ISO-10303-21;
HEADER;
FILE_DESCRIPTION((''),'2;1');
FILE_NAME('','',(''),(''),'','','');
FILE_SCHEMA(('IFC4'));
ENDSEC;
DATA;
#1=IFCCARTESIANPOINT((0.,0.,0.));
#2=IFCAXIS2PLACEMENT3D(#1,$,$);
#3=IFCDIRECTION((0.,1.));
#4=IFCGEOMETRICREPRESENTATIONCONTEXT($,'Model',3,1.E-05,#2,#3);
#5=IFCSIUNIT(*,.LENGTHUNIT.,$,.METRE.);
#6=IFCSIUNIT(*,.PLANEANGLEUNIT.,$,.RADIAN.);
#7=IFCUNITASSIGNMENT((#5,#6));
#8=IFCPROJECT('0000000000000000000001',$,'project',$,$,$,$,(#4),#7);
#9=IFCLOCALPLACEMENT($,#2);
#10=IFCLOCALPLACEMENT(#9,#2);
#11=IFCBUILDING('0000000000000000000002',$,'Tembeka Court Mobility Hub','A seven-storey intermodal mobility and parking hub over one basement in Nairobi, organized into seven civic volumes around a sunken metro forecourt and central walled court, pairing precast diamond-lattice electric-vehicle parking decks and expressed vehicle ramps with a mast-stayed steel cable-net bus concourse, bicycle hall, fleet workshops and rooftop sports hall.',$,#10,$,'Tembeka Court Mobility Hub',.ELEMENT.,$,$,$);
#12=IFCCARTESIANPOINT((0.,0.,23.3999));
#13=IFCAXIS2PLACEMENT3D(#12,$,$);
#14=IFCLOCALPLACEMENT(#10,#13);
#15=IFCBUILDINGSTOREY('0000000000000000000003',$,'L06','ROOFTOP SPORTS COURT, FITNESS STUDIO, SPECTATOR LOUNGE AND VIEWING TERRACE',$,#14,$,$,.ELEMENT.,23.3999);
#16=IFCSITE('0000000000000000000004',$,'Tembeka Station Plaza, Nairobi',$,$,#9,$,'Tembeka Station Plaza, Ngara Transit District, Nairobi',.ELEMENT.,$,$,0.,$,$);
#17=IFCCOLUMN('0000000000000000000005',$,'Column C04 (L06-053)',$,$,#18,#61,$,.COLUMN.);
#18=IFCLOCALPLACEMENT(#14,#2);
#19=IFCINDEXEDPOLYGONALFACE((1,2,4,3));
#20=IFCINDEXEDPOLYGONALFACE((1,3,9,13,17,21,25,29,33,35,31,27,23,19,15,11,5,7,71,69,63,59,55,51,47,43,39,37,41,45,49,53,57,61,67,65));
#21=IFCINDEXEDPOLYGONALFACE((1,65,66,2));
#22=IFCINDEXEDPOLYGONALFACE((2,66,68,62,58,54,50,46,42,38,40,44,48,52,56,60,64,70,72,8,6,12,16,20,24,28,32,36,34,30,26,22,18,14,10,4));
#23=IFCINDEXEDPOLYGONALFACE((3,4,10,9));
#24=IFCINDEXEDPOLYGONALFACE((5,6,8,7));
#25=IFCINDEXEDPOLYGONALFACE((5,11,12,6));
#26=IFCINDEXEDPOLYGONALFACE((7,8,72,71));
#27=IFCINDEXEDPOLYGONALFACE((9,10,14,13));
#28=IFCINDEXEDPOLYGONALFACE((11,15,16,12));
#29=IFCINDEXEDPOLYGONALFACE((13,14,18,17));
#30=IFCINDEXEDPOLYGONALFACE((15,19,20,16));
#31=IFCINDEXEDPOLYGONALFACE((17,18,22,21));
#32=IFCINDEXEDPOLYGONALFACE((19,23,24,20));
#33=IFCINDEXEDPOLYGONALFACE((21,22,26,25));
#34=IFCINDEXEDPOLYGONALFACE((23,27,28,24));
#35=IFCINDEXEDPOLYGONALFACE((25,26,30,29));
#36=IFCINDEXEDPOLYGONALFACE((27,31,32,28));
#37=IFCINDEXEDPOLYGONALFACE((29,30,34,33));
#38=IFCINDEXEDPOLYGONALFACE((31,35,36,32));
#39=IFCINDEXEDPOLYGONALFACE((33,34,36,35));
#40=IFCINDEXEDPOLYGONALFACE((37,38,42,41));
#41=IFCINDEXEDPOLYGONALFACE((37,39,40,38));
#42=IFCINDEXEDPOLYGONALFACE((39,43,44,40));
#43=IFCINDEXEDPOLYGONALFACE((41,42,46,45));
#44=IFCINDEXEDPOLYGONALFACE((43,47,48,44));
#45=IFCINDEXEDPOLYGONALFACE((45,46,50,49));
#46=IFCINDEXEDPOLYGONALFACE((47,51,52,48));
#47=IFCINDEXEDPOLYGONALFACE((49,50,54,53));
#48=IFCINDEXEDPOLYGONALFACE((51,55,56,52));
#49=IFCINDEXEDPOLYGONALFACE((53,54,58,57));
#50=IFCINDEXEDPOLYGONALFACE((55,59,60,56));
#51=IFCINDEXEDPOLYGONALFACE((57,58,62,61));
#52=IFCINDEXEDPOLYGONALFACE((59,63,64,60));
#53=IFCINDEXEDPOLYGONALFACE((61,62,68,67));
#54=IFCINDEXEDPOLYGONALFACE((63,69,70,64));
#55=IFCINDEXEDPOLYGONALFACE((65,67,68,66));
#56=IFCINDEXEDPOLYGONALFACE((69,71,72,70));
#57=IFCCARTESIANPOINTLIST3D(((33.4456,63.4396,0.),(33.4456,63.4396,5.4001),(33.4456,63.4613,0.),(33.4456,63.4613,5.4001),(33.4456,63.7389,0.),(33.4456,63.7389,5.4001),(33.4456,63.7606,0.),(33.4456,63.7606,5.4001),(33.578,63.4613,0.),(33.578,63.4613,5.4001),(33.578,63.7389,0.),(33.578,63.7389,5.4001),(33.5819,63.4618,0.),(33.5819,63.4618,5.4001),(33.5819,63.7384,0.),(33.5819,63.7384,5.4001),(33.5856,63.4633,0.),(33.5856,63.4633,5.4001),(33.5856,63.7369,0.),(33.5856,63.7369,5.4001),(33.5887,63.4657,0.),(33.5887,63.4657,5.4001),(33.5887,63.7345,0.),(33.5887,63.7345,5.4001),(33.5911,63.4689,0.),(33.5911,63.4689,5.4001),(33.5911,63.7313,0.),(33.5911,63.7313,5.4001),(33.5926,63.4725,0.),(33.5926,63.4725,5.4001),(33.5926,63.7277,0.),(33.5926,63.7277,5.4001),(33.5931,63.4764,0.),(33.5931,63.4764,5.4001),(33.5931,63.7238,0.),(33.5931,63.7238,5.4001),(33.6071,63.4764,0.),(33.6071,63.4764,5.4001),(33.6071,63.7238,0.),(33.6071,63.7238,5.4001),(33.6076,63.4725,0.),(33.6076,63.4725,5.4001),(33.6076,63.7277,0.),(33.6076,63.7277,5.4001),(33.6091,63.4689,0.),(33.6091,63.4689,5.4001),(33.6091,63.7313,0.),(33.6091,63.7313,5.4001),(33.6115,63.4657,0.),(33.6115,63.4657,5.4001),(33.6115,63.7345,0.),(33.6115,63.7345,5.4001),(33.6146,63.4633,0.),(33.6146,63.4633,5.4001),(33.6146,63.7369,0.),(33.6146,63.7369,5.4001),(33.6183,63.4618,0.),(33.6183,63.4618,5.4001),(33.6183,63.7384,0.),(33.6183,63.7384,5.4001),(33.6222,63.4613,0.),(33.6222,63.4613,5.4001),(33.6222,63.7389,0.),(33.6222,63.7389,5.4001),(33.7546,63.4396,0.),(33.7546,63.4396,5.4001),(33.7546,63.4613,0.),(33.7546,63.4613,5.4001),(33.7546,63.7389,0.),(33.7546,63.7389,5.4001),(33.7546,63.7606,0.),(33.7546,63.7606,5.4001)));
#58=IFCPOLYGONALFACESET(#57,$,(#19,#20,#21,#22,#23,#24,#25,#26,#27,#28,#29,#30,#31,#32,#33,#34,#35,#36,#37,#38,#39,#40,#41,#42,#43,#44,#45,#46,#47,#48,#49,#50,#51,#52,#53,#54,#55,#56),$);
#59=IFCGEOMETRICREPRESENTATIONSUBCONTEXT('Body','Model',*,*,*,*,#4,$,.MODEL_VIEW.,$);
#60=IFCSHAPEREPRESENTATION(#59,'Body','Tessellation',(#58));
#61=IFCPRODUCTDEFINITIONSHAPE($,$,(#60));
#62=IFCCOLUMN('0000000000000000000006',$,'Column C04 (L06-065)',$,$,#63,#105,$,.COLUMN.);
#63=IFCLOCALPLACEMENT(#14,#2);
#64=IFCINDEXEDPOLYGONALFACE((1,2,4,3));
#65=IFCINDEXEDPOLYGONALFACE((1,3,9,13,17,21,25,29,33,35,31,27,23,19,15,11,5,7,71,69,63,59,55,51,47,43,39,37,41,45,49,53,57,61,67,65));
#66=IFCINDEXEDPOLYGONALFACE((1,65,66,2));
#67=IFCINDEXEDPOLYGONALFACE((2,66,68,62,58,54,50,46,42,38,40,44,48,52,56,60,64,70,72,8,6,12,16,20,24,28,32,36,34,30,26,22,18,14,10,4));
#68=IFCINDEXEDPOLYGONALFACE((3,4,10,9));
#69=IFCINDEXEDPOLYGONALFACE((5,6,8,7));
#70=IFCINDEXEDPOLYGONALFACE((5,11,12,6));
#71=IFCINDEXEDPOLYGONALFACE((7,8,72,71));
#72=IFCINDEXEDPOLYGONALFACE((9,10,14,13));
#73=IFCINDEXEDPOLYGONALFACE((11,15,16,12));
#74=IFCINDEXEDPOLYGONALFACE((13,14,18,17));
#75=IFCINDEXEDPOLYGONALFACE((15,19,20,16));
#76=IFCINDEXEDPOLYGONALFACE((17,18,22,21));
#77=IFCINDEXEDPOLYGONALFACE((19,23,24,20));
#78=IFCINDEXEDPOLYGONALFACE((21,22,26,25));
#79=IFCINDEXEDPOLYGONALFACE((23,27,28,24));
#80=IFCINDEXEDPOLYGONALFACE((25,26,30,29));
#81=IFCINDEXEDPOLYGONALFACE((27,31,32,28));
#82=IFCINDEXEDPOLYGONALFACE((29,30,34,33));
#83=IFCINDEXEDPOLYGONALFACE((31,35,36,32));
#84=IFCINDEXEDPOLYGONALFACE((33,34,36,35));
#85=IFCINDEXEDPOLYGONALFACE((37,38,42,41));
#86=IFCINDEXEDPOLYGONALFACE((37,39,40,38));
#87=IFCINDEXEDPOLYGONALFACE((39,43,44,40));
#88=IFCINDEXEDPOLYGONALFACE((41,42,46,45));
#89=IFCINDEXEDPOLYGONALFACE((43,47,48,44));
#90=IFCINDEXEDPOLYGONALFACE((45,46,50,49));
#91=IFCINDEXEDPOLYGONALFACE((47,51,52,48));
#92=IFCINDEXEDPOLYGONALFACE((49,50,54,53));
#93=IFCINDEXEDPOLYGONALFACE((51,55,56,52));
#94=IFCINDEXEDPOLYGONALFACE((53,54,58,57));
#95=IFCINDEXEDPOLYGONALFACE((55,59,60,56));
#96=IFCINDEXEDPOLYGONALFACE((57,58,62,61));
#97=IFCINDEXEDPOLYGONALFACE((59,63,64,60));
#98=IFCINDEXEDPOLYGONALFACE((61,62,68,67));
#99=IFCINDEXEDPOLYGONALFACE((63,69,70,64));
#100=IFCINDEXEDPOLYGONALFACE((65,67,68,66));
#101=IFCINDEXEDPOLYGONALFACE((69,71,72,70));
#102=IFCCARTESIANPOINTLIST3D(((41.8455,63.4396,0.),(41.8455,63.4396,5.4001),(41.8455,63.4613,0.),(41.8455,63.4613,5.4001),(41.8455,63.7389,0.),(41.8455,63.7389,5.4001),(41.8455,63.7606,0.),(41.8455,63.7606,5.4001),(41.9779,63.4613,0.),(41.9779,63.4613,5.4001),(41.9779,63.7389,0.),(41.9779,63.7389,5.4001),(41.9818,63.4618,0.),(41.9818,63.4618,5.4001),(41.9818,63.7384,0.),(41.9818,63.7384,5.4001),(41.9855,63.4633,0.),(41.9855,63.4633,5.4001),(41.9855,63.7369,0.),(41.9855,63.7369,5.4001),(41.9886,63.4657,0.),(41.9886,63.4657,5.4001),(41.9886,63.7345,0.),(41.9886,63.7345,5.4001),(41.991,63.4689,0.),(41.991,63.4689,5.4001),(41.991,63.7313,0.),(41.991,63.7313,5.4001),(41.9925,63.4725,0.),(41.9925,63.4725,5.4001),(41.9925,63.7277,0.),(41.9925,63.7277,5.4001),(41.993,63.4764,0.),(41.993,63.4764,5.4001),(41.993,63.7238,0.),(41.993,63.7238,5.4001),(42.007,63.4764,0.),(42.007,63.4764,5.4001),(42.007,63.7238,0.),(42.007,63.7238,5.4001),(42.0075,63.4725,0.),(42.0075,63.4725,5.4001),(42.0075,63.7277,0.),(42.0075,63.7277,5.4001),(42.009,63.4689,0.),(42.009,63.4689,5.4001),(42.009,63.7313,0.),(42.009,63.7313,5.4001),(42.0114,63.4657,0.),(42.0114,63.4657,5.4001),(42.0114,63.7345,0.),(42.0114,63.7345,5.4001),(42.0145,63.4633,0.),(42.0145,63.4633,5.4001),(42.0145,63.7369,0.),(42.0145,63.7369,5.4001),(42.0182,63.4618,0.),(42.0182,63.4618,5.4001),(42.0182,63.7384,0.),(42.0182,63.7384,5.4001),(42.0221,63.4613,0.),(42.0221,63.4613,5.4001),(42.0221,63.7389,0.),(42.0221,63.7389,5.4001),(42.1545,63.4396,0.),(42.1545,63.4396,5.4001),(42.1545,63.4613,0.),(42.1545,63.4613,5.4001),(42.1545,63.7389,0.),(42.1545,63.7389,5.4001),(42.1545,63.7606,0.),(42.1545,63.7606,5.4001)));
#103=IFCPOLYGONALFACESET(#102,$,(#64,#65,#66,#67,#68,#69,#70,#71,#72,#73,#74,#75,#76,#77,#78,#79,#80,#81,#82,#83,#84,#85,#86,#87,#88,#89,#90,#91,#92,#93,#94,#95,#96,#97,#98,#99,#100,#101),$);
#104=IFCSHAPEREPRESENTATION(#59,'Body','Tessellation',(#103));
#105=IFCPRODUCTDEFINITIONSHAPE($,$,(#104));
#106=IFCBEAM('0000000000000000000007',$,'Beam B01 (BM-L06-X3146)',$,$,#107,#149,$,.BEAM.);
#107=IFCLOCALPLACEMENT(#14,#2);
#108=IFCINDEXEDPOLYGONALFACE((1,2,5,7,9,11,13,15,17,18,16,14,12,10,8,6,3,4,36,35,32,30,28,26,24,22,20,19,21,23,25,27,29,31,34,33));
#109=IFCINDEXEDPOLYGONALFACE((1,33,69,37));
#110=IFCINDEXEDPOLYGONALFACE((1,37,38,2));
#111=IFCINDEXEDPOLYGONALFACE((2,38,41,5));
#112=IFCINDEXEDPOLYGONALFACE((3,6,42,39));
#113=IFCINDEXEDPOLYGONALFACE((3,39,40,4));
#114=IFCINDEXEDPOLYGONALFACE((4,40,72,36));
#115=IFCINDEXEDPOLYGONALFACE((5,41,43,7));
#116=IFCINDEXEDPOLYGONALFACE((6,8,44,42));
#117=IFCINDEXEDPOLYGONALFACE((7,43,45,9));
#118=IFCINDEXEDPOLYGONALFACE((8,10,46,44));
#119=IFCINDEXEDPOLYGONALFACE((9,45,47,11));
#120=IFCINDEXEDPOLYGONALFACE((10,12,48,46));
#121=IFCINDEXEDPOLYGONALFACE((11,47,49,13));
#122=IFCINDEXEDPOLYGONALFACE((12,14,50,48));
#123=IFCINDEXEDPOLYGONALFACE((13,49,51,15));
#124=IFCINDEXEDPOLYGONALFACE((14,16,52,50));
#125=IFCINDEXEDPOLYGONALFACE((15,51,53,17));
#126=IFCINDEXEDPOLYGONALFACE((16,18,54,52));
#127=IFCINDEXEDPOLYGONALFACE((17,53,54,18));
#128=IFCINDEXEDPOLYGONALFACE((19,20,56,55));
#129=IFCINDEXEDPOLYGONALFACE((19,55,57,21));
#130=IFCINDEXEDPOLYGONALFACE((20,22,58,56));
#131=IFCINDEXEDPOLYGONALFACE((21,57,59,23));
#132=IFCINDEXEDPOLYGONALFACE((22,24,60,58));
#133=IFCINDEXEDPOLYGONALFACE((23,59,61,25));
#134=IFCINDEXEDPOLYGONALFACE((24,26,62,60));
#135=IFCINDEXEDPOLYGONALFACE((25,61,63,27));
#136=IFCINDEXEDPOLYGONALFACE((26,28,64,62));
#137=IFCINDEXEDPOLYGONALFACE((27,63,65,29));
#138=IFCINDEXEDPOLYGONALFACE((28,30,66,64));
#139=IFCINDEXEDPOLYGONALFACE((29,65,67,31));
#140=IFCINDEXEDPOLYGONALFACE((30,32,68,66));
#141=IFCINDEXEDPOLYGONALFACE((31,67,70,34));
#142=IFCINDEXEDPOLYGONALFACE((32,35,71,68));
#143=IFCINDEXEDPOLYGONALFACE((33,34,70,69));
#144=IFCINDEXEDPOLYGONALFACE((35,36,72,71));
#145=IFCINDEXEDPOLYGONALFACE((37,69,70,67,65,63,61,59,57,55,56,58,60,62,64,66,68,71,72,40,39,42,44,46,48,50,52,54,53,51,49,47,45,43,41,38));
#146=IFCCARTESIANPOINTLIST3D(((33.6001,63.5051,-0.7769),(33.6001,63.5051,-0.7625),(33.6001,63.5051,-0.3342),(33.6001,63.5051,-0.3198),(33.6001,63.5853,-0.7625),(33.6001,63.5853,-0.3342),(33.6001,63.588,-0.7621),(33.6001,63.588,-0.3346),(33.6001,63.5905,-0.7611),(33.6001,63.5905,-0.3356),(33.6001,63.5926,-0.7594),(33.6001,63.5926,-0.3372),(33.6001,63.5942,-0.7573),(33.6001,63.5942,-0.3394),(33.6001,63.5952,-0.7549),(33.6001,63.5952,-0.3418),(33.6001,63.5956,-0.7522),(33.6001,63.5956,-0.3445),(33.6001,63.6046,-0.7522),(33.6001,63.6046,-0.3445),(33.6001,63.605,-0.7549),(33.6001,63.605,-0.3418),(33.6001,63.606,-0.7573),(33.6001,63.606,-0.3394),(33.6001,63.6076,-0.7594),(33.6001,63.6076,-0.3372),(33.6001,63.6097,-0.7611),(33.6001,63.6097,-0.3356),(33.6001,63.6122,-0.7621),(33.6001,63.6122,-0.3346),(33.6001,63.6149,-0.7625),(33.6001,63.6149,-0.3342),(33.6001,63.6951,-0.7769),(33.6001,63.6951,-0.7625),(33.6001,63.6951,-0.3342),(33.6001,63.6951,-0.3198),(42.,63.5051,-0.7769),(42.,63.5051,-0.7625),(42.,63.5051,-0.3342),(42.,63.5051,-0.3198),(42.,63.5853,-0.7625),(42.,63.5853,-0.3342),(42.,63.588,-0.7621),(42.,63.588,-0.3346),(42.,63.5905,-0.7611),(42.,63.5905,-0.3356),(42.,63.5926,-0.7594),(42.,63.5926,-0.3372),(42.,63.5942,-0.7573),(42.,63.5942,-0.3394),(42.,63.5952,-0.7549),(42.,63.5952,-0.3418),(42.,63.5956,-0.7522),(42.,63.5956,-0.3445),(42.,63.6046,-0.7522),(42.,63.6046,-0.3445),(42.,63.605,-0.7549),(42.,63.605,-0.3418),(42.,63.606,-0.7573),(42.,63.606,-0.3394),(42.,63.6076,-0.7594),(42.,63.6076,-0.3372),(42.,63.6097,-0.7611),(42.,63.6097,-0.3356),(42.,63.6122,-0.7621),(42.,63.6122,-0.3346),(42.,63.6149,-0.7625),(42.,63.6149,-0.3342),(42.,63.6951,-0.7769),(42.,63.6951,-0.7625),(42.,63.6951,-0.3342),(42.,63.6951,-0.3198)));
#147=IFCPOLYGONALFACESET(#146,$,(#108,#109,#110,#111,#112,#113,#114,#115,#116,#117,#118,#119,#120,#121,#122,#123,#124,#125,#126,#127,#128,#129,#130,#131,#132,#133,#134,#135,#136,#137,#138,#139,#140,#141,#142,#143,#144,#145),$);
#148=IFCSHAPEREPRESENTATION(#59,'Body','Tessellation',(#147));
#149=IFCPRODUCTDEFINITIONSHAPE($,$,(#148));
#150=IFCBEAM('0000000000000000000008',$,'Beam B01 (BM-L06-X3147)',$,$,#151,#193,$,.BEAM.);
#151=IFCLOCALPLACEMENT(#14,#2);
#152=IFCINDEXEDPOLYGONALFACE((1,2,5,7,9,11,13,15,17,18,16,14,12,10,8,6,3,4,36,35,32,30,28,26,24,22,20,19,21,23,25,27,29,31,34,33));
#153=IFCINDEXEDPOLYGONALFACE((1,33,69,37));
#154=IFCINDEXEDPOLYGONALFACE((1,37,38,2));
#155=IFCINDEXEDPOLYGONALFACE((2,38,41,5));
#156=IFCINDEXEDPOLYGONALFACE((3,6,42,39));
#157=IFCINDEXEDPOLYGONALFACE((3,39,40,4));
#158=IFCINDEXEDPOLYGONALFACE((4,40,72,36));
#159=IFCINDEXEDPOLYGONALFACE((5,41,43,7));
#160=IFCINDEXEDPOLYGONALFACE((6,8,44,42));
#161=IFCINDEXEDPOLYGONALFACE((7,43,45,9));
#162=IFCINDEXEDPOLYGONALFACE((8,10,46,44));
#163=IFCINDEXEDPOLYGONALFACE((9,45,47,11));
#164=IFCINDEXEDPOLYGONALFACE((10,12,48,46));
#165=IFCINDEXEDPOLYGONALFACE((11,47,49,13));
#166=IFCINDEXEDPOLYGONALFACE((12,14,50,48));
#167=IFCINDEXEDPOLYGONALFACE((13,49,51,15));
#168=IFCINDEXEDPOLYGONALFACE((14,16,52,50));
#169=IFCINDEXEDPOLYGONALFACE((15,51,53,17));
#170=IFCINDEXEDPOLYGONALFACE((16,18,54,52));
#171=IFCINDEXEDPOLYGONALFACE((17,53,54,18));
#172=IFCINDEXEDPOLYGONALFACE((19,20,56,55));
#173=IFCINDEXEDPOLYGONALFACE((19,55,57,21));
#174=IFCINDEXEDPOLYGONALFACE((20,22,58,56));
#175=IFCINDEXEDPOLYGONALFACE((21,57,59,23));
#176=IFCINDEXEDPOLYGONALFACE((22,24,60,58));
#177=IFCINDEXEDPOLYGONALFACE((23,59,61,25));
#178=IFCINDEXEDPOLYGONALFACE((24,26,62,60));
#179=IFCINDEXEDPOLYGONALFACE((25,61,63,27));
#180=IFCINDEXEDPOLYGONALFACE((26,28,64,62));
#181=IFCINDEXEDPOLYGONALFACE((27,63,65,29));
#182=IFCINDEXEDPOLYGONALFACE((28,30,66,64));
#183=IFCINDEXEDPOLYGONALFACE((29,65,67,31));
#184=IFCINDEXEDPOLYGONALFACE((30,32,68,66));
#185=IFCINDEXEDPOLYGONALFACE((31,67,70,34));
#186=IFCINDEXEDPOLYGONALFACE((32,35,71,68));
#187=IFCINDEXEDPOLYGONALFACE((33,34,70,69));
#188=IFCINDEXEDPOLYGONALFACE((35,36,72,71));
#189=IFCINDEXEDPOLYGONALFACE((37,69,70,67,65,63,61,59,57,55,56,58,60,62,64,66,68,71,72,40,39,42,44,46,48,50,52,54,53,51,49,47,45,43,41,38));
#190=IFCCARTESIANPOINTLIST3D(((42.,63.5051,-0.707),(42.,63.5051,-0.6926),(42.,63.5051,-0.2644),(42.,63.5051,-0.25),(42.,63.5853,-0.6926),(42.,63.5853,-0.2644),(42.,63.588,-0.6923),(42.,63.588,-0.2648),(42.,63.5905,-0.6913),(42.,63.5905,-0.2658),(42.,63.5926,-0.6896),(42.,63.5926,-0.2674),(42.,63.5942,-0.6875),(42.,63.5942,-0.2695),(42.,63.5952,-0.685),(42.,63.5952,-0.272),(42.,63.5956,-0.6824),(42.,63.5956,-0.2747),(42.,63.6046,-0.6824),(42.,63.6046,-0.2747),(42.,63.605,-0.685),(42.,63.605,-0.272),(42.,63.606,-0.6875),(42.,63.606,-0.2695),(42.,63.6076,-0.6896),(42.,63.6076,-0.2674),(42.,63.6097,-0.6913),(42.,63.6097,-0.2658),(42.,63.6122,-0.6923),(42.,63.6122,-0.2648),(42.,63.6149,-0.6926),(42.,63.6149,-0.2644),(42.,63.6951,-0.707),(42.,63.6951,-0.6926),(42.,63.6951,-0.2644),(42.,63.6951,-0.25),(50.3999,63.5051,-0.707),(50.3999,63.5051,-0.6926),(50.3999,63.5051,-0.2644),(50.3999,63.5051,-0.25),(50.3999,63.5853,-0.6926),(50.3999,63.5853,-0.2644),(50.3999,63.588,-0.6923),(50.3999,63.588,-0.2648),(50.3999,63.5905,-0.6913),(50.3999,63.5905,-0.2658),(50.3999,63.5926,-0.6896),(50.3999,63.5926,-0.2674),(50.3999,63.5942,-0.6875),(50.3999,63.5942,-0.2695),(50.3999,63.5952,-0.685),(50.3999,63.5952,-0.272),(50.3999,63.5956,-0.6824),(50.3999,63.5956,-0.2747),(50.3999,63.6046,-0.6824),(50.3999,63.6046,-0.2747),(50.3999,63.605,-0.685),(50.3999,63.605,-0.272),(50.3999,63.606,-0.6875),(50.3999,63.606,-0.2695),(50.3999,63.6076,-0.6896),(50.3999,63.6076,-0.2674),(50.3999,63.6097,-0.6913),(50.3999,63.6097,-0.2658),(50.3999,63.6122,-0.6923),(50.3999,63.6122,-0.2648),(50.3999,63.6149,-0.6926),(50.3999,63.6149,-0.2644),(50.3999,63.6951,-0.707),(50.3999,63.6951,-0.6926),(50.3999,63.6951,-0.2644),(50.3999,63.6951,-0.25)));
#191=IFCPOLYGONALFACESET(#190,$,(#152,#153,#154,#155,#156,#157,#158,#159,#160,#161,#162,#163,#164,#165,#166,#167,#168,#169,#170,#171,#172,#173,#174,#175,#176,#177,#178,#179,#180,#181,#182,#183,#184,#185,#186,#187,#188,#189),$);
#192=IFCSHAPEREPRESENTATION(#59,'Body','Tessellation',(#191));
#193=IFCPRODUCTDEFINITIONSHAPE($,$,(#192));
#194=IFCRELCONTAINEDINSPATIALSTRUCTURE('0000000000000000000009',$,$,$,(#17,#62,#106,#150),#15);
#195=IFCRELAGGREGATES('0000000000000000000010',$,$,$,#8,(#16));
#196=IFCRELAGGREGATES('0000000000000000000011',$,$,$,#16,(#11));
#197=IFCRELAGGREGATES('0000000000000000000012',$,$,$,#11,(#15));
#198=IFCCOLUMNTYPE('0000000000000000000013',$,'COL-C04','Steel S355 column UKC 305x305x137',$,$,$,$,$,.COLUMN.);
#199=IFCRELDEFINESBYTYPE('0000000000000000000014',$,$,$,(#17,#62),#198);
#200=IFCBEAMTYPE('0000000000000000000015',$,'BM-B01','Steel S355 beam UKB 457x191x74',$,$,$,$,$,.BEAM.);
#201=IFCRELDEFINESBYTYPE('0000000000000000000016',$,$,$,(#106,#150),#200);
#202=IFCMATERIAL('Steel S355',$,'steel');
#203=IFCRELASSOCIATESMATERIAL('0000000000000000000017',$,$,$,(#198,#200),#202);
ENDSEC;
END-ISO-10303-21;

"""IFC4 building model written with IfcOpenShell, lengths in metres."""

from ifc_helpers import new_model, si_unit, direction, frame, origin, origin_2d, place, context, subcontext, project, spatial, i_section, extrude, material, material_profile, profile_set, type_object, element, save


model = new_model("IFC4")

# Units and contexts
model_context = context("Model", 3, precision=1e-05, world=origin(), true_north=direction((0.0, 1.0)))
body_context = subcontext(model_context, "Body", "Model", "MODEL_VIEW")
ifc_project = project(units=[si_unit("LENGTHUNIT", "METRE"), si_unit("PLANEANGLEUNIT", "RADIAN")], contexts=[model_context])

# Site, building, storey
site_placement = place(None, origin())
site = spatial("IfcSite", under=ifc_project, at=site_placement, Name="Tembeka Station Plaza, Nairobi", LongName="Tembeka Station Plaza, Ngara Transit District, Nairobi", CompositionType="ELEMENT", RefElevation=0.0)
building_placement = place(site_placement, origin())
building = spatial("IfcBuilding", under=site, at=building_placement, Name="Tembeka Court Mobility Hub", Description="A seven-storey intermodal mobility and parking hub over one basement in Nairobi, organized into seven civic volumes around a sunken metro forecourt and central walled court, pairing precast diamond-lattice electric-vehicle parking decks and expressed vehicle ramps with a mast-stayed steel cable-net bus concourse, bicycle hall, fleet workshops and rooftop sports hall.", LongName="Tembeka Court Mobility Hub", CompositionType="ELEMENT")
storey_placement = place(building_placement, frame((0.0, 0.0, 23.3999)))
storey = spatial("IfcBuildingStorey", under=building, at=storey_placement, Name="L06", Description="ROOFTOP SPORTS COURT, FITNESS STUDIO, SPECTATOR LOUNGE AND VIEWING TERRACE", CompositionType="ELEMENT", Elevation=23.3999)

# Columns
ifc_material_1 = material(Name="Steel S355", Category="steel")
ifc_material_profile_1 = material_profile(ifc_material_1, i_section(OverallWidth=0.3091, OverallDepth=0.321, WebThickness=0.0139, FlangeThickness=0.0217, FilletRadius=0.0151, at=origin_2d()), Name="UKC 305x305x137")
ifc_profile_set_1 = profile_set([ifc_material_profile_1], Name="Steel S355")
column_type = type_object("IfcColumnType", Name="COL-C04", Description="Steel S355 column UKC 305x305x137", PredefinedType="COLUMN", material=ifc_profile_set_1)
for number, where, z_axis, x_axis, name in (
    (1, (33.6001, 63.6001, 0.0), (0.0, 0.0, 1.0), (1.0, 0.0, 0.0), "Column C04 (L06-053)"),
    (2, (42.0, 63.6001, 0.0), (0.0, 0.0, 1.0), (1.0, 0.0, 0.0), "Column C04 (L06-065)"),
):
    element("IfcColumn", number, at=place(storey_placement, frame(where, z_axis=z_axis, x_axis=x_axis)), inside=storey, type_object=column_type, Name=name, PredefinedType="COLUMN", context=body_context, shape_type="SweptSolid", body=[
        extrude(i_section(OverallWidth=0.3091, OverallDepth=0.321, WebThickness=0.0139, FlangeThickness=0.0217, FilletRadius=0.0151, at=origin_2d()), origin(), (0.0, 0.0, 1.0), 5.4001),
    ])

# Beams
ifc_material_profile_2 = material_profile(ifc_material_1, i_section(OverallWidth=0.1899, OverallDepth=0.457, WebThickness=0.009, FlangeThickness=0.0144, FilletRadius=0.0103, at=origin_2d()), Name="UKB 457x191x74")
ifc_profile_set_2 = profile_set([ifc_material_profile_2], Name="Steel S355")
beam_type_1 = type_object("IfcBeamType", Name="BM-B01", Description="Steel S355 beam UKB 457x191x74", PredefinedType="BEAM", material=ifc_profile_set_2)
for number, where, z_axis, x_axis, name in (
    (3, (33.6001, 63.6001, -0.5483), (1.0, 0.0, 0.0), (0.0, 1.0, 0.0), "Beam B01 (BM-L06-X3146)"),
    (4, (42.0, 63.6001, -0.4785), (1.0, 0.0, 0.0), (0.0, 1.0, 0.0), "Beam B01 (BM-L06-X3147)"),
):
    element("IfcBeam", number, at=place(storey_placement, frame(where, z_axis=z_axis, x_axis=x_axis)), inside=storey, type_object=beam_type_1, Name=name, PredefinedType="BEAM", context=body_context, shape_type="SweptSolid", body=[
        extrude(i_section(OverallWidth=0.1899, OverallDepth=0.457, WebThickness=0.009, FlangeThickness=0.0144, FilletRadius=0.0103, at=origin_2d()), origin(), (0.0, 0.0, 1.0), 8.3999),
    ])

save(model, "model.ifc")
